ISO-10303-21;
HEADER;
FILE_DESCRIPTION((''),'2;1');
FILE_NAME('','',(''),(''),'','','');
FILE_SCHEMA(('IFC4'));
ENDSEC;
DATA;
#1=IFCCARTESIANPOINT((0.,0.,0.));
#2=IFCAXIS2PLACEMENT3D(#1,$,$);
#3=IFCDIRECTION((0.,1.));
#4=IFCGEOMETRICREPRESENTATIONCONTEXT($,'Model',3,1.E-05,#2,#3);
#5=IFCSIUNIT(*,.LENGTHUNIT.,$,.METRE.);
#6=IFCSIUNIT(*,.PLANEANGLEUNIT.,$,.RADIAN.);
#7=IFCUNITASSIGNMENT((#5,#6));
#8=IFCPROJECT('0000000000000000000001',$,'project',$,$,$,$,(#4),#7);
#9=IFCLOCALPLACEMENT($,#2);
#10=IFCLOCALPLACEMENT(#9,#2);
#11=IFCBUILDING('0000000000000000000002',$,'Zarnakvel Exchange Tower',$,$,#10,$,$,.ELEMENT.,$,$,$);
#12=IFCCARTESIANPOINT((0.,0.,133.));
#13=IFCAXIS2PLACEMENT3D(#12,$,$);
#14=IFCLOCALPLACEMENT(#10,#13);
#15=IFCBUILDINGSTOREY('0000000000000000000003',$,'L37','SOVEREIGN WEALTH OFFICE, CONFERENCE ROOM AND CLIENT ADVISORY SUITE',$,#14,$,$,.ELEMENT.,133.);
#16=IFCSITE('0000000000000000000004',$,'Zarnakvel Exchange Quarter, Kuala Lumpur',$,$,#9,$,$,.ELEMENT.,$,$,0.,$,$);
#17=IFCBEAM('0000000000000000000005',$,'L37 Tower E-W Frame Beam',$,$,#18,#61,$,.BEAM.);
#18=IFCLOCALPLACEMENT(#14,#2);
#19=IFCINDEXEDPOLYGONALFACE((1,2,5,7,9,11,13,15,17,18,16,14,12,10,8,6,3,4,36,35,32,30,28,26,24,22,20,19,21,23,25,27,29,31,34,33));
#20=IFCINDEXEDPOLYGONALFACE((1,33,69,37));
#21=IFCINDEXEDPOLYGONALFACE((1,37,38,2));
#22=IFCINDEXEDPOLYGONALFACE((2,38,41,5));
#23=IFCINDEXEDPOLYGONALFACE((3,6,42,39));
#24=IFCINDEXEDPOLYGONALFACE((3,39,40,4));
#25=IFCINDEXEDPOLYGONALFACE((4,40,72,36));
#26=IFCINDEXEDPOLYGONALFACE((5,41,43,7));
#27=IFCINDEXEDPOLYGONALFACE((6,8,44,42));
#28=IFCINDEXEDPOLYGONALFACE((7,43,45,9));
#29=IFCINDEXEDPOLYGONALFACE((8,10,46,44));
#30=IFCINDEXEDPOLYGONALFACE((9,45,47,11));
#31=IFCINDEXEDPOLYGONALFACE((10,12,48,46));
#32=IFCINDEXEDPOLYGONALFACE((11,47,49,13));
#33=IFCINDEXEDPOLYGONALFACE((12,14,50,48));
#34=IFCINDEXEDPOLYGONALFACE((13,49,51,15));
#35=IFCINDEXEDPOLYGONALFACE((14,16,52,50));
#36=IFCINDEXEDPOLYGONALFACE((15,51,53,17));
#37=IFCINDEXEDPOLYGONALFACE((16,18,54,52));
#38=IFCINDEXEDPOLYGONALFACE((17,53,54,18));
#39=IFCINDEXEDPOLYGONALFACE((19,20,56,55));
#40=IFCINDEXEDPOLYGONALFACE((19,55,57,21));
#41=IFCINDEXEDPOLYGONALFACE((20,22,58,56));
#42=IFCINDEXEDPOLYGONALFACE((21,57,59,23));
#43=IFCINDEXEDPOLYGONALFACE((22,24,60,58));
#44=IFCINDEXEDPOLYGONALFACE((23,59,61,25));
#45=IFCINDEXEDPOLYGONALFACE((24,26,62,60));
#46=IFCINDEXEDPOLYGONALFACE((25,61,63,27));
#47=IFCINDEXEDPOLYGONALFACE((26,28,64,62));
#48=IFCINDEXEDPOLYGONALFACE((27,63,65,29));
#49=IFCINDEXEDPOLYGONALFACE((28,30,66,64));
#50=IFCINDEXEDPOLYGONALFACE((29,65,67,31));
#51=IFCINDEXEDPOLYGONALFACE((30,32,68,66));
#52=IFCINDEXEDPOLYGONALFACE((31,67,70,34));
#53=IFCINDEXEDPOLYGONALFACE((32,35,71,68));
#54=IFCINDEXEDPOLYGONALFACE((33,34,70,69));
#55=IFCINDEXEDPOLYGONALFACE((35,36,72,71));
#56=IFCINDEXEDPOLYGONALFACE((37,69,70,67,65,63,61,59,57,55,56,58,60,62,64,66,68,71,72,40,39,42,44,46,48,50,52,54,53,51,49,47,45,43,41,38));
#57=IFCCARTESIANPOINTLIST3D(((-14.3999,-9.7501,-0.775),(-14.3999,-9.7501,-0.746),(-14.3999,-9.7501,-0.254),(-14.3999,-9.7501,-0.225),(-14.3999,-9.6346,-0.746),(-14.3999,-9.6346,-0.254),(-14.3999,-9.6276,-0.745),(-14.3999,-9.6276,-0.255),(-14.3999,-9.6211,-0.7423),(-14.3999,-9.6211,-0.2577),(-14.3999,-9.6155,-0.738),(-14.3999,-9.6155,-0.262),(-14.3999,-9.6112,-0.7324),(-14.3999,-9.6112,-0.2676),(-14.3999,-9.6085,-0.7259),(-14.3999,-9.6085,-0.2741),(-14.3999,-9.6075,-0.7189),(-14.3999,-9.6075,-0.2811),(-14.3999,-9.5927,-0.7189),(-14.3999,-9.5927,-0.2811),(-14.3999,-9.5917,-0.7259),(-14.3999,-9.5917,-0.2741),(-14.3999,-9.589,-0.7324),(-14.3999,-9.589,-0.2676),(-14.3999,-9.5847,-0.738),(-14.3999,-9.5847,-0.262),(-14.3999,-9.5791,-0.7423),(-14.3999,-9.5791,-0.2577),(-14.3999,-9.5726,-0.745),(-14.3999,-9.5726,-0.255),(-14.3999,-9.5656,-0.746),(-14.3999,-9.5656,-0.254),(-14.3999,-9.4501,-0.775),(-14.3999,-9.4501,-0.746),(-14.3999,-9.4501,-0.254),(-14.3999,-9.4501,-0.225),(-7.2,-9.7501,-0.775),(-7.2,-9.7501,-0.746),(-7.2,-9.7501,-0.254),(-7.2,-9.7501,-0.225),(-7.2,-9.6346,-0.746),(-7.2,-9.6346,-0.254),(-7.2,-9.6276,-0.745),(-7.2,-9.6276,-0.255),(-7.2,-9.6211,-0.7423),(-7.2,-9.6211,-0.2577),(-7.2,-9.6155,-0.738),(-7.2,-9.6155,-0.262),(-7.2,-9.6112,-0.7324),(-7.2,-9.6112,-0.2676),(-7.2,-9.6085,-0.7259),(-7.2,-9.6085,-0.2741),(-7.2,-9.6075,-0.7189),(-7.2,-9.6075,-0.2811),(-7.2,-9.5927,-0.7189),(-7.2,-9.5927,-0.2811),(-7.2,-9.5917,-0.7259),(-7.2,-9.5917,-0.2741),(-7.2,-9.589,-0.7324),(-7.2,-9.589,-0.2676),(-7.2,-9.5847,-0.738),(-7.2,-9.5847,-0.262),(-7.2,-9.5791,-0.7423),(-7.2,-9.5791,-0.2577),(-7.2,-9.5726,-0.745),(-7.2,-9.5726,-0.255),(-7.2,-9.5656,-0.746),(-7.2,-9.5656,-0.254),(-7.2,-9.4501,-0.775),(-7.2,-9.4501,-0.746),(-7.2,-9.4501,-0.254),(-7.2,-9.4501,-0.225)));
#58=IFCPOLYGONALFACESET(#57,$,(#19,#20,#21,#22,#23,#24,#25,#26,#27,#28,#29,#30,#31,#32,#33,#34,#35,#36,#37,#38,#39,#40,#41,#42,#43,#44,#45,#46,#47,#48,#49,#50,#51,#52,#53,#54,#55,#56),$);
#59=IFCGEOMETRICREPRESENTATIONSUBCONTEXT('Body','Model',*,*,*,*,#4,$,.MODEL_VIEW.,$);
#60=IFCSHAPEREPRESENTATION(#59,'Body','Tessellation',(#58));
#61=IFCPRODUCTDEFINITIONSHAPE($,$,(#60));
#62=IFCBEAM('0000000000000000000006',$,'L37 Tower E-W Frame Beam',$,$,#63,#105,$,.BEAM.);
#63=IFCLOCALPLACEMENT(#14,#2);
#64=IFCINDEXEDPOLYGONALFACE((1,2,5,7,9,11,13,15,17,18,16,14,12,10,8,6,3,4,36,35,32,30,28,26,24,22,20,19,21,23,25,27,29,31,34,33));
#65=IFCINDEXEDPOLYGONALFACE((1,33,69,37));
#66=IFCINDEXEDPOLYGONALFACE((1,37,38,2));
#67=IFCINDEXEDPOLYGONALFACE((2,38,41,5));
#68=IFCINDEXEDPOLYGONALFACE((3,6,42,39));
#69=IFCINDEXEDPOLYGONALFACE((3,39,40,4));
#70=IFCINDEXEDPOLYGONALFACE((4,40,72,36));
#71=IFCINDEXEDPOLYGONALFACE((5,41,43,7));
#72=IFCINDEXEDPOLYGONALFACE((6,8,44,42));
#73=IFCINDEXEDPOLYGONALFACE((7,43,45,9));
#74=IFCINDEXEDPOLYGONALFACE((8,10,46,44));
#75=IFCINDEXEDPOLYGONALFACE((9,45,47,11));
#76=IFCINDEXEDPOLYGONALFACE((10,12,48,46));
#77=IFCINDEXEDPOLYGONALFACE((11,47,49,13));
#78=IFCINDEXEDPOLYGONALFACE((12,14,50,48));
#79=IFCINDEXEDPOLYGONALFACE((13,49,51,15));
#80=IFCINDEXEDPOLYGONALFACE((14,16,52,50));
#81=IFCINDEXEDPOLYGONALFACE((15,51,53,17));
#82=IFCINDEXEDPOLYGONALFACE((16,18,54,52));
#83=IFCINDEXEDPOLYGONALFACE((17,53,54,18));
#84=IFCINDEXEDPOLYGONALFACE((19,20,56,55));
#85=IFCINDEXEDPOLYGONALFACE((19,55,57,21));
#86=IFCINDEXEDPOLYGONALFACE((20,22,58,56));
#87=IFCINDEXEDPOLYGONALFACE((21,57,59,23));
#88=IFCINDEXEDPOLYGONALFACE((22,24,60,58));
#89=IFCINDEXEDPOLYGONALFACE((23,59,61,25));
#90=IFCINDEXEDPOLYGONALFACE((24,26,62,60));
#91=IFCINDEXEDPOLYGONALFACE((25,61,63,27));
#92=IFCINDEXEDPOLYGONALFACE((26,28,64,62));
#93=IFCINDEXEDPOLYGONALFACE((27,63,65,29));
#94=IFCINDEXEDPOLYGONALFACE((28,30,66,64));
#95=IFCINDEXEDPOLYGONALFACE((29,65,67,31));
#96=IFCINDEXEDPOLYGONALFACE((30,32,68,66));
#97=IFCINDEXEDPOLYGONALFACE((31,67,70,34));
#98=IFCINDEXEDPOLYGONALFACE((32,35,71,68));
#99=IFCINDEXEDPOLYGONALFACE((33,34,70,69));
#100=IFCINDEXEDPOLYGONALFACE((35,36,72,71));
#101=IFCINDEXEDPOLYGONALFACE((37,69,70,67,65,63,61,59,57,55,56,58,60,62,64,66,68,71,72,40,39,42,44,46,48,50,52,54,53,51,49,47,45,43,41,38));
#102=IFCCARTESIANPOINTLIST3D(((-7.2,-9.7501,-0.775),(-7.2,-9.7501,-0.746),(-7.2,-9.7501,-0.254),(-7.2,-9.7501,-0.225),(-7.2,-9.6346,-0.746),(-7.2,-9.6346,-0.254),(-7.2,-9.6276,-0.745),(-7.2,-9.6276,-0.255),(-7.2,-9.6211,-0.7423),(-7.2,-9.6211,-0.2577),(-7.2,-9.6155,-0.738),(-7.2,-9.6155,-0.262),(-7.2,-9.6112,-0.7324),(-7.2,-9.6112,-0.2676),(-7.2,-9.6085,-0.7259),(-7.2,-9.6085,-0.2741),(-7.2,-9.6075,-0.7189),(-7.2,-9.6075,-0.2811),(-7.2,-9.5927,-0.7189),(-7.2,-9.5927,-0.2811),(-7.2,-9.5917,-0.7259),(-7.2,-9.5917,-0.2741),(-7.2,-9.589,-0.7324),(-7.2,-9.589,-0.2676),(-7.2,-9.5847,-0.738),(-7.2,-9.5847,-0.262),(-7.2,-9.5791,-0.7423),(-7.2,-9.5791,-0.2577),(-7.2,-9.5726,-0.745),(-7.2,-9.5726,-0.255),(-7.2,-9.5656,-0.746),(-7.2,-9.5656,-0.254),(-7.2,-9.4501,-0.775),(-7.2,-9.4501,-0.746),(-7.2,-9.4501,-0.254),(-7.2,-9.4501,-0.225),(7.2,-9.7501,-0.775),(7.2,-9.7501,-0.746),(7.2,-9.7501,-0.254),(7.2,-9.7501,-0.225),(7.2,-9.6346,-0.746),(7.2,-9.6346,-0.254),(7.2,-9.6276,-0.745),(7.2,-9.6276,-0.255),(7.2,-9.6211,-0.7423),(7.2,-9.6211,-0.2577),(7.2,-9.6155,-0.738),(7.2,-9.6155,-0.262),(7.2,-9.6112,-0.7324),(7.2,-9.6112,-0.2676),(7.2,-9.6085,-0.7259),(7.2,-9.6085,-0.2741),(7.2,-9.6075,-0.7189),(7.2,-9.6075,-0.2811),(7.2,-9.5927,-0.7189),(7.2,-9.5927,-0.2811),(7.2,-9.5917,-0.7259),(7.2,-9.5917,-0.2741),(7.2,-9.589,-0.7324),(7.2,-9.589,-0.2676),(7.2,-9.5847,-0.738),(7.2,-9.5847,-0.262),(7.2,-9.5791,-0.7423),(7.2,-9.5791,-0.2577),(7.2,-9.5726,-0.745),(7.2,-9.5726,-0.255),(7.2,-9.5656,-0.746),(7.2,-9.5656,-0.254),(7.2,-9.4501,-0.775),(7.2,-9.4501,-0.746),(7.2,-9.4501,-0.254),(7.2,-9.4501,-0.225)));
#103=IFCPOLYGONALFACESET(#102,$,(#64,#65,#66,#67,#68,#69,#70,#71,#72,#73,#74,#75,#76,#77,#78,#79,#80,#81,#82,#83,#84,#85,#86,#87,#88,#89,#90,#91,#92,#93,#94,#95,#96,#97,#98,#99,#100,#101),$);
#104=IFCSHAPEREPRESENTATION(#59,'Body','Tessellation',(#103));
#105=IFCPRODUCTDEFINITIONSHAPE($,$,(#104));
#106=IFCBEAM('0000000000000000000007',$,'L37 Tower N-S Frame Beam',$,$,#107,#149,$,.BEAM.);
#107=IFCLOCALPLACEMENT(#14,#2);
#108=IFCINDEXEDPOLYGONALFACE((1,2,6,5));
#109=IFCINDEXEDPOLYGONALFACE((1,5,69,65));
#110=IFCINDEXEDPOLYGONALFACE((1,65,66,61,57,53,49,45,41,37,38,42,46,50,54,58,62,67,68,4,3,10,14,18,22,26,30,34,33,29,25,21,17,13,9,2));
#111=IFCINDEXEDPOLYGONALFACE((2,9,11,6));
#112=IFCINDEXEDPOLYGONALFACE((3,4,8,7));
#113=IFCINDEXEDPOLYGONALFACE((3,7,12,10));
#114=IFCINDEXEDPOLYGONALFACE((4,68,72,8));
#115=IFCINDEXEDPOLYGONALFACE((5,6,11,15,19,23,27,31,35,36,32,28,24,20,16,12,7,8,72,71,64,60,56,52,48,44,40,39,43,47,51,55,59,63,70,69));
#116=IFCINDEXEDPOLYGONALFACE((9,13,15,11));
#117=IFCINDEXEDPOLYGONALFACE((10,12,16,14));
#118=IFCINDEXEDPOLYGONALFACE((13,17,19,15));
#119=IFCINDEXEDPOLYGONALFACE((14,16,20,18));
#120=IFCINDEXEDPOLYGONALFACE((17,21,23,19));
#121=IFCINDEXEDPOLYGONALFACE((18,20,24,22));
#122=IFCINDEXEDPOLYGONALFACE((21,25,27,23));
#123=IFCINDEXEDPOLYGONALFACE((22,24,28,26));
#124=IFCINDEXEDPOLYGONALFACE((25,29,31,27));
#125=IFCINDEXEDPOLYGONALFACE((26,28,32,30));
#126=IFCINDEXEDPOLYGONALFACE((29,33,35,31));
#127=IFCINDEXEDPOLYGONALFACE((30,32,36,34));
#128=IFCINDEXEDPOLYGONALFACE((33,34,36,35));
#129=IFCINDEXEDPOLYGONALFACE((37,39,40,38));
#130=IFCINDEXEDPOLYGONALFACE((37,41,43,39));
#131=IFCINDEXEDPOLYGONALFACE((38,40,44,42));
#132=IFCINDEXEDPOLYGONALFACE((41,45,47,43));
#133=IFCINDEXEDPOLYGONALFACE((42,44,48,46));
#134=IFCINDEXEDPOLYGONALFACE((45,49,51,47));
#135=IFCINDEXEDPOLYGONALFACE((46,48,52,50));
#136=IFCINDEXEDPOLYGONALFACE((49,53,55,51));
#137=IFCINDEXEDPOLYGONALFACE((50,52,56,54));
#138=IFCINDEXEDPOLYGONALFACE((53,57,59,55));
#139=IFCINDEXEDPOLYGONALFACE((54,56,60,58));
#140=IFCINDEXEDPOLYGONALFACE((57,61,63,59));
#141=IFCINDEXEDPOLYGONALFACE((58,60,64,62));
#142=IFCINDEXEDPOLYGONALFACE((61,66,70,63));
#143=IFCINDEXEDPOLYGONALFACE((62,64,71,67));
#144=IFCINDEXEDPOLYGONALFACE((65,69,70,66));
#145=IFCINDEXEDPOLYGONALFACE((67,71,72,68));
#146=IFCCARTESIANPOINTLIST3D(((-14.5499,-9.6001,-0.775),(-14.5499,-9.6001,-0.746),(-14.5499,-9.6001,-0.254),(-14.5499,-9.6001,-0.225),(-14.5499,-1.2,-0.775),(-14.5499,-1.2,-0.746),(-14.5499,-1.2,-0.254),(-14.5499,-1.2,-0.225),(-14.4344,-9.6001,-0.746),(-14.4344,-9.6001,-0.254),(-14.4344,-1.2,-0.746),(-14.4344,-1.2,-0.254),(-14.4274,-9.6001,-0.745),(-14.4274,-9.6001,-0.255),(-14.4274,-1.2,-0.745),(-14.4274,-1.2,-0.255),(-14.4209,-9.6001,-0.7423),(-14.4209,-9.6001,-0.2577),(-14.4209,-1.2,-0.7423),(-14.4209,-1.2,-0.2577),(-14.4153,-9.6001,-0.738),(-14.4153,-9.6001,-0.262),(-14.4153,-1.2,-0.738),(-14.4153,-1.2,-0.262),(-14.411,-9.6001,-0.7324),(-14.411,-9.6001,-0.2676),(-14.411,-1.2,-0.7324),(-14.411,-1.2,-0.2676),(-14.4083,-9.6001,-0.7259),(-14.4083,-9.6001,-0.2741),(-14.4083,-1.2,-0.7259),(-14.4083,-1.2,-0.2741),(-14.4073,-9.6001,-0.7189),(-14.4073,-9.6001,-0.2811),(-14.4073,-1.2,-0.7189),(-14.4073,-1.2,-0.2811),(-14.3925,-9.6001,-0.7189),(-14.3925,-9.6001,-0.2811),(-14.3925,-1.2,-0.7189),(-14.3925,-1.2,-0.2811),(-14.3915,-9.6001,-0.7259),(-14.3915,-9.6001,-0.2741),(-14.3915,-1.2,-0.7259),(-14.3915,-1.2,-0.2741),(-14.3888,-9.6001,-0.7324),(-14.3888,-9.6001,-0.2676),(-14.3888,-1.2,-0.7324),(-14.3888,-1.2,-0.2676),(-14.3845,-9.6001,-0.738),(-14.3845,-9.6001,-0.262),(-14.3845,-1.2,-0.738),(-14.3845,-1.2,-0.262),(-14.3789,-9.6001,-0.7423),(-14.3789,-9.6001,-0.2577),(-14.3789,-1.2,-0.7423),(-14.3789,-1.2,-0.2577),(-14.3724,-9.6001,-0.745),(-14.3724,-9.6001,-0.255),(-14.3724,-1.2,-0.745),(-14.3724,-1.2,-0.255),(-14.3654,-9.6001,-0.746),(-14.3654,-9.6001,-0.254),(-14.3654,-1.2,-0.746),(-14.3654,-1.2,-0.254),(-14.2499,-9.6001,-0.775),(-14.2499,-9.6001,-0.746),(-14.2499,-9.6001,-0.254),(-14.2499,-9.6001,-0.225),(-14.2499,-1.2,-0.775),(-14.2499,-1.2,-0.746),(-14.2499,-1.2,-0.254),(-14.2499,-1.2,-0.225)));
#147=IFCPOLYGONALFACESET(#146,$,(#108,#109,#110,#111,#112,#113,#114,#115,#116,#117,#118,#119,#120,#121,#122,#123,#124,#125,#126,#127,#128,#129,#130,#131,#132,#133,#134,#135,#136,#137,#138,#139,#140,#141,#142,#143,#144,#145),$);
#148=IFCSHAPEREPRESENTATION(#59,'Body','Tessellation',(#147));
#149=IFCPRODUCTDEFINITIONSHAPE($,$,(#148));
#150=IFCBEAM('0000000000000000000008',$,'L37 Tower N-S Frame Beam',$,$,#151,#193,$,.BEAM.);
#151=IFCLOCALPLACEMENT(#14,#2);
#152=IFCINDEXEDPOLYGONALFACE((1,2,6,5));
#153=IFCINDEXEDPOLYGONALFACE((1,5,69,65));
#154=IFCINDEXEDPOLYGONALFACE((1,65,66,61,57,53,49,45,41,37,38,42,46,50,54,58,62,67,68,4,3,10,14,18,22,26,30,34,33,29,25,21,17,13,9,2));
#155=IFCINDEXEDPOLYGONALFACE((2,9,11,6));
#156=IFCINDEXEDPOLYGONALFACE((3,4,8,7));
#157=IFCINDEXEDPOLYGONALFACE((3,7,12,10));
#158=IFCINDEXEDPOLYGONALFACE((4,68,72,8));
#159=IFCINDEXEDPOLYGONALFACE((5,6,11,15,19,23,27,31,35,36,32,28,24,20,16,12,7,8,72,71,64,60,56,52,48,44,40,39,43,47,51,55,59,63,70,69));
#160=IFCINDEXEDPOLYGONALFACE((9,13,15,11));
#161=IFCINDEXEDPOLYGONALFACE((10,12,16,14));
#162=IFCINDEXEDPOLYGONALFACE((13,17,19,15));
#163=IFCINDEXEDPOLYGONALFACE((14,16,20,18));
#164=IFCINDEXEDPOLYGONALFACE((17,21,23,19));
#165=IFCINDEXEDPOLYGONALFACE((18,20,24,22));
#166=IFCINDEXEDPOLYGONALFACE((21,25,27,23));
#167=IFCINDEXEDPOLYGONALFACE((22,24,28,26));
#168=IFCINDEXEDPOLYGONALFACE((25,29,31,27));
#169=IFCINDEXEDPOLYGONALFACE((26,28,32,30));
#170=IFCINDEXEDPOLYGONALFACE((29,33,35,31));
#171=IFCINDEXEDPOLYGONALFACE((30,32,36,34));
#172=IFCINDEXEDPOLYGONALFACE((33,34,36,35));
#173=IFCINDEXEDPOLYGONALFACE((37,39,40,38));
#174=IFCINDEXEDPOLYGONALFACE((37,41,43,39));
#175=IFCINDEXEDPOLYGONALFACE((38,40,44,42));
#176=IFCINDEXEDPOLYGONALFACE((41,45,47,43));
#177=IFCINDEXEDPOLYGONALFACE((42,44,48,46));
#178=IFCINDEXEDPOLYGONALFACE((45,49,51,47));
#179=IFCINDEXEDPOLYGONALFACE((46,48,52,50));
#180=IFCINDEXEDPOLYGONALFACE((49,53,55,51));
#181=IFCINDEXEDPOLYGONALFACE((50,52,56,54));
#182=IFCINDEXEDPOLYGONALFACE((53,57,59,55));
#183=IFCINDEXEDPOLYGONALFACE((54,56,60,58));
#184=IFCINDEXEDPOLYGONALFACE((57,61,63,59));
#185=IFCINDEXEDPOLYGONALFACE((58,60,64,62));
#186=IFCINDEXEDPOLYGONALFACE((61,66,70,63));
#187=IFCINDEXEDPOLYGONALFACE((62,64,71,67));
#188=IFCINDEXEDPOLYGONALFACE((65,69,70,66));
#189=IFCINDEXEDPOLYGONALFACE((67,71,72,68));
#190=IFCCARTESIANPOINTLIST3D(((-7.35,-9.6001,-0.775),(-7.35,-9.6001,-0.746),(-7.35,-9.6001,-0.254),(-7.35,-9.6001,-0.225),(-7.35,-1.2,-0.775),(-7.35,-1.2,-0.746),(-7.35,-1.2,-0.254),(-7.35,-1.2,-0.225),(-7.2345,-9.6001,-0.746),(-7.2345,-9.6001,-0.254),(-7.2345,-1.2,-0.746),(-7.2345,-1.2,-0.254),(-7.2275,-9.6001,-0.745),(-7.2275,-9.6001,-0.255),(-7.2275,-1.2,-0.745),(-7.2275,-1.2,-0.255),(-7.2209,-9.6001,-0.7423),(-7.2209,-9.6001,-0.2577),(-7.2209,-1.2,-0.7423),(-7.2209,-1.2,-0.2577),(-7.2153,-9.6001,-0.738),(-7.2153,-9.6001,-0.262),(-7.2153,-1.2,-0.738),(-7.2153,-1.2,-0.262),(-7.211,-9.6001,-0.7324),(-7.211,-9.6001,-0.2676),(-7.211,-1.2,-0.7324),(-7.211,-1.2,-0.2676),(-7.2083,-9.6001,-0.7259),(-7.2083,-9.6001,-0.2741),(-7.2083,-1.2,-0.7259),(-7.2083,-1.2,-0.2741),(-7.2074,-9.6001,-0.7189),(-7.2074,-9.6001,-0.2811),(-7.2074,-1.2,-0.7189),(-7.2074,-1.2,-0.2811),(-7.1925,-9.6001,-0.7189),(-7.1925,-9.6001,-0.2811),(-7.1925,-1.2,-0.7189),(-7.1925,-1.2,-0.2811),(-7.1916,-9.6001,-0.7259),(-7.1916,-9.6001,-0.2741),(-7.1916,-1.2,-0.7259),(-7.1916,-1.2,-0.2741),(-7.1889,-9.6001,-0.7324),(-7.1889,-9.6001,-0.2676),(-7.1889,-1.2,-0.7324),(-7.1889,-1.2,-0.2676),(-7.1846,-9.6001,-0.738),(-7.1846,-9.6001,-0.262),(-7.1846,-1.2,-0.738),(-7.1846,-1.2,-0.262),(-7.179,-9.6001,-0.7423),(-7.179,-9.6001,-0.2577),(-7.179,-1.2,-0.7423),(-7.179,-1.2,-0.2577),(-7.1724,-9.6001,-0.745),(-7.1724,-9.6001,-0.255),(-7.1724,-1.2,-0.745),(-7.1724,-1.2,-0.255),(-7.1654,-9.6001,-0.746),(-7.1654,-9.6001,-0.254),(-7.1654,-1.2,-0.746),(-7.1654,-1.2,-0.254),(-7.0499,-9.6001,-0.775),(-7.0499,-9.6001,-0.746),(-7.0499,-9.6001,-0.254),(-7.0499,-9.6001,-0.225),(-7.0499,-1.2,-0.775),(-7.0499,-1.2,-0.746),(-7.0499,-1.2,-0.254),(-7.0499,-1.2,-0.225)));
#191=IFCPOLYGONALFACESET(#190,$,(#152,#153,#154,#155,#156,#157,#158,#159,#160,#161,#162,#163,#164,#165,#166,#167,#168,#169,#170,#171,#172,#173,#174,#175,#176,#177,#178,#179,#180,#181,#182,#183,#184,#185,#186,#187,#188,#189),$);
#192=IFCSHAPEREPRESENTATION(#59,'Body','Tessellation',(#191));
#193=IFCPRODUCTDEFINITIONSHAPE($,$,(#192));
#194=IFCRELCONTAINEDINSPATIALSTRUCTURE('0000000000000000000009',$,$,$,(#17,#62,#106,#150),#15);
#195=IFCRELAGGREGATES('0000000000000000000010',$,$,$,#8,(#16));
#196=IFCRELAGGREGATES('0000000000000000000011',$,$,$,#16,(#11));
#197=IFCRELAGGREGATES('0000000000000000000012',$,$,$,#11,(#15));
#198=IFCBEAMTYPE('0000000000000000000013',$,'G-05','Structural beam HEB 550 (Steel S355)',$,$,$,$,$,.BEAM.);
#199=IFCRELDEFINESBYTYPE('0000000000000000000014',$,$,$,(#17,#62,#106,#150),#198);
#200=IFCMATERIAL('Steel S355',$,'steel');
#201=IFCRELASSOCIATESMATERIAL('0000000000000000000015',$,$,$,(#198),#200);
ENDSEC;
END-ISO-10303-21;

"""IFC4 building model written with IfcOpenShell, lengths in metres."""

from ifc_helpers import new_model, si_unit, direction, frame, origin, origin_2d, place, context, subcontext, project, spatial, i_section, extrude, material, material_profile, profile_set, type_object, element, save


model = new_model("IFC4")

# Units and contexts
model_context = context("Model", 3, precision=1e-05, world=origin(), true_north=direction((0.0, 1.0)))
body_context = subcontext(model_context, "Body", "Model", "MODEL_VIEW")
ifc_project = project(units=[si_unit("LENGTHUNIT", "METRE"), si_unit("PLANEANGLEUNIT", "RADIAN")], contexts=[model_context])

# Site, building, storey
site_placement = place(None, origin())
site = spatial("IfcSite", under=ifc_project, at=site_placement, Name="Zarnakvel Exchange Quarter, Kuala Lumpur", CompositionType="ELEMENT", RefElevation=0.0)
building_placement = place(site_placement, origin())
building = spatial("IfcBuilding", under=site, at=building_placement, Name="Zarnakvel Exchange Tower", CompositionType="ELEMENT")
storey_placement = place(building_placement, frame((0.0, 0.0, 133.0)))
storey = spatial("IfcBuildingStorey", under=building, at=storey_placement, Name="L37", Description="SOVEREIGN WEALTH OFFICE, CONFERENCE ROOM AND CLIENT ADVISORY SUITE", CompositionType="ELEMENT", Elevation=133.0)

# Beams
ifc_material_1 = material(Name="Steel S355", Category="steel")
ifc_material_profile_1 = material_profile(ifc_material_1, i_section(OverallWidth=0.3, OverallDepth=0.55, WebThickness=0.0149, FlangeThickness=0.0291, FilletRadius=0.0271, at=origin_2d()))
ifc_profile_set_1 = profile_set([ifc_material_profile_1], Name="Steel S355")
beam_type_1 = type_object("IfcBeamType", Name="G-05", Description="Structural beam HEB 550 (Steel S355)", PredefinedType="BEAM", material=ifc_profile_set_1)
beam_1_placement = place(storey_placement, frame((-14.3999, -9.6001, -0.5), z_axis=(1.0, 0.0, 0.0), x_axis=(0.0, 1.0, 0.0)))
element("IfcBeam", 1, at=beam_1_placement, inside=storey, type_object=beam_type_1, Name="L37 Tower E-W Frame Beam", PredefinedType="BEAM", context=body_context, shape_type="SweptSolid", body=[
    extrude(i_section(OverallWidth=0.3, OverallDepth=0.55, WebThickness=0.0149, FlangeThickness=0.0291, FilletRadius=0.0271, at=origin_2d()), origin(), (0.0, 0.0, 1.0), 7.2),
])
beam_2_placement = place(storey_placement, frame((-7.2, -9.6001, -0.5), z_axis=(1.0, 0.0, 0.0), x_axis=(0.0, 1.0, 0.0)))
element("IfcBeam", 2, at=beam_2_placement, inside=storey, type_object=beam_type_1, Name="L37 Tower E-W Frame Beam", PredefinedType="BEAM", context=body_context, shape_type="SweptSolid", body=[
    extrude(i_section(OverallWidth=0.3, OverallDepth=0.55, WebThickness=0.0149, FlangeThickness=0.0291, FilletRadius=0.0271, at=origin_2d()), origin(), (0.0, 0.0, 1.0), 14.3999),
])
for number, where, z_axis, x_axis, name in (
    (3, (-14.3999, -9.6001, -0.5), (0.0, 1.0, 0.0), (-1.0, 0.0, 0.0), "L37 Tower N-S Frame Beam"),
    (4, (-7.2, -9.6001, -0.5), (0.0, 1.0, 0.0), (-1.0, 0.0, 0.0), "L37 Tower N-S Frame Beam"),
):
    element("IfcBeam", number, at=place(storey_placement, frame(where, z_axis=z_axis, x_axis=x_axis)), inside=storey, type_object=beam_type_1, Name=name, PredefinedType="BEAM", context=body_context, shape_type="SweptSolid", body=[
        extrude(i_section(OverallWidth=0.3, OverallDepth=0.55, WebThickness=0.0149, FlangeThickness=0.0291, FilletRadius=0.0271, at=origin_2d()), origin(), (0.0, 0.0, 1.0), 8.4001),
    ])

save(model, "model.ifc")
